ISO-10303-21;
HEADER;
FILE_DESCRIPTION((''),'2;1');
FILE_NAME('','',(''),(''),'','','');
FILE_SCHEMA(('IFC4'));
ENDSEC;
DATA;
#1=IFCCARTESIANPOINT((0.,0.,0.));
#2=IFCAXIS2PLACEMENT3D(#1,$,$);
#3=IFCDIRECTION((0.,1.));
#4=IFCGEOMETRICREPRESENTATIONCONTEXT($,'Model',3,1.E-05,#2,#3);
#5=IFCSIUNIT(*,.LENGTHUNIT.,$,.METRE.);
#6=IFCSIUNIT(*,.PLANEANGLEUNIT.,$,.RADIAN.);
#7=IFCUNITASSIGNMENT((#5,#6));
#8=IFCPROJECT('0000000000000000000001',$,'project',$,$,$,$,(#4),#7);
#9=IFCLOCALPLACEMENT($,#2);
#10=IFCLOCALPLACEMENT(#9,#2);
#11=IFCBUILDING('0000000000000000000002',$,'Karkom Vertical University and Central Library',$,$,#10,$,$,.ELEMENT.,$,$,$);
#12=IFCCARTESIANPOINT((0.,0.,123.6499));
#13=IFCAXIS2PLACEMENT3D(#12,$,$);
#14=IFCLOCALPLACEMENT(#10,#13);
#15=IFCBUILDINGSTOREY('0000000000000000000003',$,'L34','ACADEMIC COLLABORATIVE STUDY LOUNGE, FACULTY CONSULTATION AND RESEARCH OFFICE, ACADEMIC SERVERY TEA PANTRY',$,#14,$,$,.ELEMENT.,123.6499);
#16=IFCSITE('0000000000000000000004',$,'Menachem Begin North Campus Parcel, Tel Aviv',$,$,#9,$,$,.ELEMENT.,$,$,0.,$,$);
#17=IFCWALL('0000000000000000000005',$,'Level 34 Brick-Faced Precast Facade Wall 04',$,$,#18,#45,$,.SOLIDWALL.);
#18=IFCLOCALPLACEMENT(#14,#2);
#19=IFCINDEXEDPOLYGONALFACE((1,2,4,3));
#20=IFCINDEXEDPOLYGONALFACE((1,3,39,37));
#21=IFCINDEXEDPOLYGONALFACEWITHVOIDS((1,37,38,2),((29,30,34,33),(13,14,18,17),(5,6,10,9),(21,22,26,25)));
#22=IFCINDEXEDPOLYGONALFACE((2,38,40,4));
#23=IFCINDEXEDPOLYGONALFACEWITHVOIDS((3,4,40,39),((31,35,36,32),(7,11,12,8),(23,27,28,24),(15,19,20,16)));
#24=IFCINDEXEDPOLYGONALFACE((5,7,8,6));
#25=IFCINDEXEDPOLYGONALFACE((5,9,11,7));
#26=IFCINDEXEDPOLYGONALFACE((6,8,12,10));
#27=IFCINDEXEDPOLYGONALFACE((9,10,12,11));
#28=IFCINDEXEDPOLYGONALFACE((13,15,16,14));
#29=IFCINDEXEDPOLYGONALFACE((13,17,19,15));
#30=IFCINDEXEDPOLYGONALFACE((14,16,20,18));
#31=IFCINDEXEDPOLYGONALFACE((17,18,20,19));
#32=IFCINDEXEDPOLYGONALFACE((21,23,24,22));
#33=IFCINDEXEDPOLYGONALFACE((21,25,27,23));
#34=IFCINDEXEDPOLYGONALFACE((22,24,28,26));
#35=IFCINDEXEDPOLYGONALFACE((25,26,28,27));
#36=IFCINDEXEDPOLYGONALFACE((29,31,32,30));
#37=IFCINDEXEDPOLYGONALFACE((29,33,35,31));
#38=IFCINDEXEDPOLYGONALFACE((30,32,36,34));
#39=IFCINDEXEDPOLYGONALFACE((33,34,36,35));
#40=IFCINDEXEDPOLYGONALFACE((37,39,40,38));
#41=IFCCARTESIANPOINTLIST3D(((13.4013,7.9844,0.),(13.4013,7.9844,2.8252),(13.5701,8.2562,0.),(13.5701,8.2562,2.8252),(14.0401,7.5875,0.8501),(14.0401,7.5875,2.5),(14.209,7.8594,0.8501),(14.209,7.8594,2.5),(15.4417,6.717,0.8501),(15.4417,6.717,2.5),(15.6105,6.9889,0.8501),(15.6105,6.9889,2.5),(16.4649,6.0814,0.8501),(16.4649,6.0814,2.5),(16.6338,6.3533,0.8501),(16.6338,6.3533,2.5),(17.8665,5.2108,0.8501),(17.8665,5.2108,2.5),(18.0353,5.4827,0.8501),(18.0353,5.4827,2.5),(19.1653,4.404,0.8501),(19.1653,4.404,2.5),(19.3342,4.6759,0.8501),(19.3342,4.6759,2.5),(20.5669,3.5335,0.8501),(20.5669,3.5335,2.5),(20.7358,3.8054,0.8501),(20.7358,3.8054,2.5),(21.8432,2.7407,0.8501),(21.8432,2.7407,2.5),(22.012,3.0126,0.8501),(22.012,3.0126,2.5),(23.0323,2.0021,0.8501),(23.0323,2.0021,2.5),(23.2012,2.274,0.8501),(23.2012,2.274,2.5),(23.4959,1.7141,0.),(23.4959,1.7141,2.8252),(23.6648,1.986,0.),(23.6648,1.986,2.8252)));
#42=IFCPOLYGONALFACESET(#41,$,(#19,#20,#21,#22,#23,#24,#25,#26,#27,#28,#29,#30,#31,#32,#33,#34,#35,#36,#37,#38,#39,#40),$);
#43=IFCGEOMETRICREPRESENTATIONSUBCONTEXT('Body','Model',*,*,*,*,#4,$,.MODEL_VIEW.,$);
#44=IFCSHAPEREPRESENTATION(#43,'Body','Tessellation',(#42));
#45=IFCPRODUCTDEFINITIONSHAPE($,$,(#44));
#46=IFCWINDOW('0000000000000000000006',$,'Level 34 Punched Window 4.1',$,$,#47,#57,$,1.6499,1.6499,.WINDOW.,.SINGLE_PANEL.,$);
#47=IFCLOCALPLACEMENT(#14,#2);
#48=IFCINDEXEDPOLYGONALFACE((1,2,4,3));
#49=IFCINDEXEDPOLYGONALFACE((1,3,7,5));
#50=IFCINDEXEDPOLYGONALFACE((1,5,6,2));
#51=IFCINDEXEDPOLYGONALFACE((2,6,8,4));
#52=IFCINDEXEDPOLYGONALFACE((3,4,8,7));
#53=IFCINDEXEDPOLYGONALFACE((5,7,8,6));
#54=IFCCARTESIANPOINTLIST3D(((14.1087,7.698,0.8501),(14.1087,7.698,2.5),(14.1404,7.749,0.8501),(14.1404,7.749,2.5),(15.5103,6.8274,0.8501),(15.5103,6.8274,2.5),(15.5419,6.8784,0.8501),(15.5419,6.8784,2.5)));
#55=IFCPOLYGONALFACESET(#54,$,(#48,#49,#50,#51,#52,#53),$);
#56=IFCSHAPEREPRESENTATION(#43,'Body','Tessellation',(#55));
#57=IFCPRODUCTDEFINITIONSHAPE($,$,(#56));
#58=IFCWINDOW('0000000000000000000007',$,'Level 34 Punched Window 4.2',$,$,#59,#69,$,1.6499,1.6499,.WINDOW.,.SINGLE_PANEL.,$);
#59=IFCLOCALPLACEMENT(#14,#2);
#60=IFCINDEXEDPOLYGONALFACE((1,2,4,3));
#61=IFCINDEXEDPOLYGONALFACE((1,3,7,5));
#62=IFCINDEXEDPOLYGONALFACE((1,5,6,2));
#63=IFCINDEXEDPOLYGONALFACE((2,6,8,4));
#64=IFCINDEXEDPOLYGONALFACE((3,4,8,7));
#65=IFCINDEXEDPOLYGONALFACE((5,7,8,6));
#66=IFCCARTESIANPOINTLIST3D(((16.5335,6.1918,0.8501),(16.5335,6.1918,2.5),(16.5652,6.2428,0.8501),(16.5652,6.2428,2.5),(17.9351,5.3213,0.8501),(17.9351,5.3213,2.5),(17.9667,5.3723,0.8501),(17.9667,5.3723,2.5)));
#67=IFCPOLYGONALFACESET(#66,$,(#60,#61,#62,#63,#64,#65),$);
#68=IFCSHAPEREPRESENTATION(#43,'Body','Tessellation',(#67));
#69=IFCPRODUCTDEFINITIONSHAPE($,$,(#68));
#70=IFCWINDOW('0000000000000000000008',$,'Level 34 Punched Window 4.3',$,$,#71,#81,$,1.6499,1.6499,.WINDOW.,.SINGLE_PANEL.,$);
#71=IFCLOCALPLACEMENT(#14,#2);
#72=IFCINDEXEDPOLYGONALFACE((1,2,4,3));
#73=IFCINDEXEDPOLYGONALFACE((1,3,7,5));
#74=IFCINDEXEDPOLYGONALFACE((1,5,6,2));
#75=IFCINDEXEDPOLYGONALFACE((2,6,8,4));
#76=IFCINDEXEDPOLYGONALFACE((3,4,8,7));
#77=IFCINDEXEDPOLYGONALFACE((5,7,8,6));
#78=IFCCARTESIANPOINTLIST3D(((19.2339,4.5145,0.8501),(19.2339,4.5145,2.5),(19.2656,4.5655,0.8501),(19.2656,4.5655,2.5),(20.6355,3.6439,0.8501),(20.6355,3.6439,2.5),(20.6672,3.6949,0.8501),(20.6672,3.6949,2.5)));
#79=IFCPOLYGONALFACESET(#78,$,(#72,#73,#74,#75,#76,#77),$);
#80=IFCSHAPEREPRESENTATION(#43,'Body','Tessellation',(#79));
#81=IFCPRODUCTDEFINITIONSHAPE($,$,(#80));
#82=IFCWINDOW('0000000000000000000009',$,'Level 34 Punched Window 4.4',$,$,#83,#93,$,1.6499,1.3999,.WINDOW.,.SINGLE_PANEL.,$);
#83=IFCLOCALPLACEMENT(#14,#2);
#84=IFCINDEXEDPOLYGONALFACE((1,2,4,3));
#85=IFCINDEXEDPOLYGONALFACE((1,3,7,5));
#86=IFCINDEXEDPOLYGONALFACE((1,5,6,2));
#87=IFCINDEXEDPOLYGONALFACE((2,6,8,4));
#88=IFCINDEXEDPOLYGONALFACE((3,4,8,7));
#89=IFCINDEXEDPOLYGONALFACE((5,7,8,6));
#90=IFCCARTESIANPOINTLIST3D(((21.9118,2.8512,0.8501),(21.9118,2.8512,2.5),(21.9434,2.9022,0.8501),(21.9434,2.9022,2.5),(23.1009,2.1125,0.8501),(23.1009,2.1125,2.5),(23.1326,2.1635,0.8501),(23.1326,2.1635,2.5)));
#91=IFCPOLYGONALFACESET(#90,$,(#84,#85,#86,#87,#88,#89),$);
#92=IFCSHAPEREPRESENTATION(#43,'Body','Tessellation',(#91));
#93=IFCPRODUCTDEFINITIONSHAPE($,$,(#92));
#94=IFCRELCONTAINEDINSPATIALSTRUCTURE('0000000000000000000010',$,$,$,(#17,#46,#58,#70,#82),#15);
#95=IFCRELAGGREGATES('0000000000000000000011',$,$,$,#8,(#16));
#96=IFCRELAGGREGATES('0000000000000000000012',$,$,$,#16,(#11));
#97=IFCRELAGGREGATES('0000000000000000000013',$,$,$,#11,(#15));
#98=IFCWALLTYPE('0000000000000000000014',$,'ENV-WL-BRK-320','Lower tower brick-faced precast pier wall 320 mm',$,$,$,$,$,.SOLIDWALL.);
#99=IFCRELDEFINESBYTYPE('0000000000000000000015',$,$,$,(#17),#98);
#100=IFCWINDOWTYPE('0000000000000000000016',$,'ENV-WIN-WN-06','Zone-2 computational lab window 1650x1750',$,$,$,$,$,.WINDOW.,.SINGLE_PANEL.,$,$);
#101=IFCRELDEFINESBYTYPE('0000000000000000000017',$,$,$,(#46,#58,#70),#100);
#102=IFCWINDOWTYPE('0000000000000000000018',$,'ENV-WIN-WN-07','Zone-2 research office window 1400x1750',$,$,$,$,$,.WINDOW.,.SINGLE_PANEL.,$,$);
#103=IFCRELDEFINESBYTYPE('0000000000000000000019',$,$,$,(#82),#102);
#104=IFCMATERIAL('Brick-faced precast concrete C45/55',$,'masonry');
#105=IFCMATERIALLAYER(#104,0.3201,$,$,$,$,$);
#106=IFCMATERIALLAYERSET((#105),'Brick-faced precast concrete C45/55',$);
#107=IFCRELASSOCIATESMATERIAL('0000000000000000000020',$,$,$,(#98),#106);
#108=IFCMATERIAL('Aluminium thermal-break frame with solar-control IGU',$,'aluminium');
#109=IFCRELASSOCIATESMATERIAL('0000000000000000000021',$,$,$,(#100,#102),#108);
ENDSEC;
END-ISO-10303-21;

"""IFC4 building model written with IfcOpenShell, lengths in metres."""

from ifc_helpers import new_model, si_unit, direction, frame, frame_2d, origin, origin_with_axes, place, context, subcontext, project, spatial, rectangle, extrude, source, transform, mapped, material, layer, layer_set, type_object, element, fill, save


model = new_model("IFC4")

# Units and contexts
model_context = context("Model", 3, precision=1e-05, world=origin(), true_north=direction((0.0, 1.0)))
body_context = subcontext(model_context, "Body", "Model", "MODEL_VIEW")
ifc_project = project(units=[si_unit("LENGTHUNIT", "METRE"), si_unit("PLANEANGLEUNIT", "RADIAN")], contexts=[model_context])

# Site, building, storey
site_placement = place(None, origin())
site = spatial("IfcSite", under=ifc_project, at=site_placement, Name="Menachem Begin North Campus Parcel, Tel Aviv", CompositionType="ELEMENT", RefElevation=0.0)
building_placement = place(site_placement, origin())
building = spatial("IfcBuilding", under=site, at=building_placement, Name="Karkom Vertical University and Central Library", CompositionType="ELEMENT")
storey_placement = place(building_placement, frame((0.0, 0.0, 123.6499)))
storey = spatial("IfcBuildingStorey", under=building, at=storey_placement, Name="L34", Description="ACADEMIC COLLABORATIVE STUDY LOUNGE, FACULTY CONSULTATION AND RESEARCH OFFICE, ACADEMIC SERVERY TEA PANTRY", CompositionType="ELEMENT", Elevation=123.6499)

# Wall, openings, windows
ifc_material_1 = material(Name="Brick-faced precast concrete C45/55", Category="masonry")
ifc_layer_1 = layer(ifc_material_1, 0.3201)
ifc_layer_set_1 = layer_set([ifc_layer_1], Name="Brick-faced precast concrete C45/55")
wall_type = type_object("IfcWallType", Name="ENV-WL-BRK-320", Description="Lower tower brick-faced precast pier wall 320 mm", PredefinedType="SOLIDWALL", material=ifc_layer_set_1)
wall_placement = place(storey_placement, frame((13.4856, 8.1204, 0.0), z_axis=(0.0, 0.0, 1.0), x_axis=(0.849468, -0.527641, 0.0)))
wall = element("IfcWall", 1, at=wall_placement, inside=storey, type_object=wall_type, Name="Level 34 Brick-Faced Precast Facade Wall 04", PredefinedType="SOLIDWALL", context=body_context, shape_type="SweptSolid", body=[
    extrude(rectangle(XDim=11.8835, YDim=0.3201, at=frame_2d((5.9419, 0.0))), origin(), (0.0, 0.0, 1.0), 2.8252),
])
opening_1_placement = place(wall_placement, frame((0.7522, 0.0, 0.8501)))
opening_1 = element("IfcOpeningElement", 2, at=opening_1_placement, cuts=wall, PredefinedType="OPENING", context=body_context, shape_type="SweptSolid", body=[
    extrude(rectangle(XDim=1.6499, YDim=1.6499, at=frame_2d((0.825, 0.825))), frame((0.0, 0.1699, 0.0), z_axis=(0.0, -1.0, 0.0), x_axis=(1.0, 0.0, 0.0)), (0.0, 0.0, 1.0), 0.3401),
])
opening_2_placement = place(wall_placement, frame((3.6067, 0.0, 0.8501)))
opening_2 = element("IfcOpeningElement", 3, at=opening_2_placement, cuts=wall, PredefinedType="OPENING", context=body_context, shape_type="SweptSolid", body=[
    extrude(rectangle(XDim=1.6499, YDim=1.6499, at=frame_2d((0.825, 0.825))), frame((0.0, 0.1699, 0.0), z_axis=(0.0, -1.0, 0.0), x_axis=(1.0, 0.0, 0.0)), (0.0, 0.0, 1.0), 0.3401),
])
opening_3_placement = place(wall_placement, frame((6.7856, 0.0, 0.8501)))
opening_3 = element("IfcOpeningElement", 4, at=opening_3_placement, cuts=wall, PredefinedType="OPENING", context=body_context, shape_type="SweptSolid", body=[
    extrude(rectangle(XDim=1.6499, YDim=1.6499, at=frame_2d((0.825, 0.825))), frame((0.0, 0.1699, 0.0), z_axis=(0.0, -1.0, 0.0), x_axis=(1.0, 0.0, 0.0)), (0.0, 0.0, 1.0), 0.3401),
])
opening_4_placement = place(wall_placement, frame((9.938, 0.0, 0.8501)))
opening_4 = element("IfcOpeningElement", 5, at=opening_4_placement, cuts=wall, PredefinedType="OPENING", context=body_context, shape_type="SweptSolid", body=[
    extrude(rectangle(XDim=1.3999, YDim=1.6499, at=frame_2d((0.7, 0.825))), frame((0.0, 0.1699, 0.0), z_axis=(0.0, -1.0, 0.0), x_axis=(1.0, 0.0, 0.0)), (0.0, 0.0, 1.0), 0.3401),
])
ifc_material_2 = material(Name="Aluminium thermal-break frame with solar-control IGU", Category="aluminium")
window_type_1 = type_object("IfcWindowType", Name="ENV-WIN-WN-06", Description="Zone-2 computational lab window 1650x1750", PartitioningType="SINGLE_PANEL", PredefinedType="WINDOW", material=ifc_material_2)
shared_shape_1 = source(origin_with_axes(), body_context, "Body", "SweptSolid", [
    extrude(rectangle(XDim=1.6499, YDim=1.6499, at=frame_2d((0.825, 0.825))), frame((0.0, 0.03, 0.0), z_axis=(0.0, -1.0, 0.0), x_axis=(1.0, 0.0, 0.0)), (0.0, 0.0, 1.0), 0.0601),
])
window_1_placement = place(opening_1_placement, origin())
window_1 = element("IfcWindow", 6, at=window_1_placement, inside=storey, type_object=window_type_1, Name="Level 34 Punched Window 4.1", OverallHeight=1.6499, OverallWidth=1.6499, PartitioningType="SINGLE_PANEL", PredefinedType="WINDOW", context=body_context, shape_type="MappedRepresentation", body=[
    mapped(shared_shape_1, transform((0.0, 0.0, 0.0), scale=1.0)),
])
fill(opening_1, window_1)
window_2_placement = place(opening_2_placement, origin())
window_2 = element("IfcWindow", 7, at=window_2_placement, inside=storey, type_object=window_type_1, Name="Level 34 Punched Window 4.2", OverallHeight=1.6499, OverallWidth=1.6499, PartitioningType="SINGLE_PANEL", PredefinedType="WINDOW", context=body_context, shape_type="MappedRepresentation", body=[
    mapped(shared_shape_1, transform((0.0, 0.0, 0.0), scale=1.0)),
])
fill(opening_2, window_2)
window_3_placement = place(opening_3_placement, origin())
window_3 = element("IfcWindow", 8, at=window_3_placement, inside=storey, type_object=window_type_1, Name="Level 34 Punched Window 4.3", OverallHeight=1.6499, OverallWidth=1.6499, PartitioningType="SINGLE_PANEL", PredefinedType="WINDOW", context=body_context, shape_type="MappedRepresentation", body=[
    mapped(shared_shape_1, transform((0.0, 0.0, 0.0), scale=1.0)),
])
fill(opening_3, window_3)
window_type_2 = type_object("IfcWindowType", Name="ENV-WIN-WN-07", Description="Zone-2 research office window 1400x1750", PartitioningType="SINGLE_PANEL", PredefinedType="WINDOW", material=ifc_material_2)
shared_shape_2 = source(origin_with_axes(), body_context, "Body", "SweptSolid", [
    extrude(rectangle(XDim=1.3999, YDim=1.6499, at=frame_2d((0.7, 0.825))), frame((0.0, 0.03, 0.0), z_axis=(0.0, -1.0, 0.0), x_axis=(1.0, 0.0, 0.0)), (0.0, 0.0, 1.0), 0.0601),
])
window_4_placement = place(opening_4_placement, origin())
window_4 = element("IfcWindow", 9, at=window_4_placement, inside=storey, type_object=window_type_2, Name="Level 34 Punched Window 4.4", OverallHeight=1.6499, OverallWidth=1.3999, PartitioningType="SINGLE_PANEL", PredefinedType="WINDOW", context=body_context, shape_type="MappedRepresentation", body=[
    mapped(shared_shape_2, transform((0.0, 0.0, 0.0), scale=1.0)),
])
fill(opening_4, window_4)

save(model, "model.ifc")
